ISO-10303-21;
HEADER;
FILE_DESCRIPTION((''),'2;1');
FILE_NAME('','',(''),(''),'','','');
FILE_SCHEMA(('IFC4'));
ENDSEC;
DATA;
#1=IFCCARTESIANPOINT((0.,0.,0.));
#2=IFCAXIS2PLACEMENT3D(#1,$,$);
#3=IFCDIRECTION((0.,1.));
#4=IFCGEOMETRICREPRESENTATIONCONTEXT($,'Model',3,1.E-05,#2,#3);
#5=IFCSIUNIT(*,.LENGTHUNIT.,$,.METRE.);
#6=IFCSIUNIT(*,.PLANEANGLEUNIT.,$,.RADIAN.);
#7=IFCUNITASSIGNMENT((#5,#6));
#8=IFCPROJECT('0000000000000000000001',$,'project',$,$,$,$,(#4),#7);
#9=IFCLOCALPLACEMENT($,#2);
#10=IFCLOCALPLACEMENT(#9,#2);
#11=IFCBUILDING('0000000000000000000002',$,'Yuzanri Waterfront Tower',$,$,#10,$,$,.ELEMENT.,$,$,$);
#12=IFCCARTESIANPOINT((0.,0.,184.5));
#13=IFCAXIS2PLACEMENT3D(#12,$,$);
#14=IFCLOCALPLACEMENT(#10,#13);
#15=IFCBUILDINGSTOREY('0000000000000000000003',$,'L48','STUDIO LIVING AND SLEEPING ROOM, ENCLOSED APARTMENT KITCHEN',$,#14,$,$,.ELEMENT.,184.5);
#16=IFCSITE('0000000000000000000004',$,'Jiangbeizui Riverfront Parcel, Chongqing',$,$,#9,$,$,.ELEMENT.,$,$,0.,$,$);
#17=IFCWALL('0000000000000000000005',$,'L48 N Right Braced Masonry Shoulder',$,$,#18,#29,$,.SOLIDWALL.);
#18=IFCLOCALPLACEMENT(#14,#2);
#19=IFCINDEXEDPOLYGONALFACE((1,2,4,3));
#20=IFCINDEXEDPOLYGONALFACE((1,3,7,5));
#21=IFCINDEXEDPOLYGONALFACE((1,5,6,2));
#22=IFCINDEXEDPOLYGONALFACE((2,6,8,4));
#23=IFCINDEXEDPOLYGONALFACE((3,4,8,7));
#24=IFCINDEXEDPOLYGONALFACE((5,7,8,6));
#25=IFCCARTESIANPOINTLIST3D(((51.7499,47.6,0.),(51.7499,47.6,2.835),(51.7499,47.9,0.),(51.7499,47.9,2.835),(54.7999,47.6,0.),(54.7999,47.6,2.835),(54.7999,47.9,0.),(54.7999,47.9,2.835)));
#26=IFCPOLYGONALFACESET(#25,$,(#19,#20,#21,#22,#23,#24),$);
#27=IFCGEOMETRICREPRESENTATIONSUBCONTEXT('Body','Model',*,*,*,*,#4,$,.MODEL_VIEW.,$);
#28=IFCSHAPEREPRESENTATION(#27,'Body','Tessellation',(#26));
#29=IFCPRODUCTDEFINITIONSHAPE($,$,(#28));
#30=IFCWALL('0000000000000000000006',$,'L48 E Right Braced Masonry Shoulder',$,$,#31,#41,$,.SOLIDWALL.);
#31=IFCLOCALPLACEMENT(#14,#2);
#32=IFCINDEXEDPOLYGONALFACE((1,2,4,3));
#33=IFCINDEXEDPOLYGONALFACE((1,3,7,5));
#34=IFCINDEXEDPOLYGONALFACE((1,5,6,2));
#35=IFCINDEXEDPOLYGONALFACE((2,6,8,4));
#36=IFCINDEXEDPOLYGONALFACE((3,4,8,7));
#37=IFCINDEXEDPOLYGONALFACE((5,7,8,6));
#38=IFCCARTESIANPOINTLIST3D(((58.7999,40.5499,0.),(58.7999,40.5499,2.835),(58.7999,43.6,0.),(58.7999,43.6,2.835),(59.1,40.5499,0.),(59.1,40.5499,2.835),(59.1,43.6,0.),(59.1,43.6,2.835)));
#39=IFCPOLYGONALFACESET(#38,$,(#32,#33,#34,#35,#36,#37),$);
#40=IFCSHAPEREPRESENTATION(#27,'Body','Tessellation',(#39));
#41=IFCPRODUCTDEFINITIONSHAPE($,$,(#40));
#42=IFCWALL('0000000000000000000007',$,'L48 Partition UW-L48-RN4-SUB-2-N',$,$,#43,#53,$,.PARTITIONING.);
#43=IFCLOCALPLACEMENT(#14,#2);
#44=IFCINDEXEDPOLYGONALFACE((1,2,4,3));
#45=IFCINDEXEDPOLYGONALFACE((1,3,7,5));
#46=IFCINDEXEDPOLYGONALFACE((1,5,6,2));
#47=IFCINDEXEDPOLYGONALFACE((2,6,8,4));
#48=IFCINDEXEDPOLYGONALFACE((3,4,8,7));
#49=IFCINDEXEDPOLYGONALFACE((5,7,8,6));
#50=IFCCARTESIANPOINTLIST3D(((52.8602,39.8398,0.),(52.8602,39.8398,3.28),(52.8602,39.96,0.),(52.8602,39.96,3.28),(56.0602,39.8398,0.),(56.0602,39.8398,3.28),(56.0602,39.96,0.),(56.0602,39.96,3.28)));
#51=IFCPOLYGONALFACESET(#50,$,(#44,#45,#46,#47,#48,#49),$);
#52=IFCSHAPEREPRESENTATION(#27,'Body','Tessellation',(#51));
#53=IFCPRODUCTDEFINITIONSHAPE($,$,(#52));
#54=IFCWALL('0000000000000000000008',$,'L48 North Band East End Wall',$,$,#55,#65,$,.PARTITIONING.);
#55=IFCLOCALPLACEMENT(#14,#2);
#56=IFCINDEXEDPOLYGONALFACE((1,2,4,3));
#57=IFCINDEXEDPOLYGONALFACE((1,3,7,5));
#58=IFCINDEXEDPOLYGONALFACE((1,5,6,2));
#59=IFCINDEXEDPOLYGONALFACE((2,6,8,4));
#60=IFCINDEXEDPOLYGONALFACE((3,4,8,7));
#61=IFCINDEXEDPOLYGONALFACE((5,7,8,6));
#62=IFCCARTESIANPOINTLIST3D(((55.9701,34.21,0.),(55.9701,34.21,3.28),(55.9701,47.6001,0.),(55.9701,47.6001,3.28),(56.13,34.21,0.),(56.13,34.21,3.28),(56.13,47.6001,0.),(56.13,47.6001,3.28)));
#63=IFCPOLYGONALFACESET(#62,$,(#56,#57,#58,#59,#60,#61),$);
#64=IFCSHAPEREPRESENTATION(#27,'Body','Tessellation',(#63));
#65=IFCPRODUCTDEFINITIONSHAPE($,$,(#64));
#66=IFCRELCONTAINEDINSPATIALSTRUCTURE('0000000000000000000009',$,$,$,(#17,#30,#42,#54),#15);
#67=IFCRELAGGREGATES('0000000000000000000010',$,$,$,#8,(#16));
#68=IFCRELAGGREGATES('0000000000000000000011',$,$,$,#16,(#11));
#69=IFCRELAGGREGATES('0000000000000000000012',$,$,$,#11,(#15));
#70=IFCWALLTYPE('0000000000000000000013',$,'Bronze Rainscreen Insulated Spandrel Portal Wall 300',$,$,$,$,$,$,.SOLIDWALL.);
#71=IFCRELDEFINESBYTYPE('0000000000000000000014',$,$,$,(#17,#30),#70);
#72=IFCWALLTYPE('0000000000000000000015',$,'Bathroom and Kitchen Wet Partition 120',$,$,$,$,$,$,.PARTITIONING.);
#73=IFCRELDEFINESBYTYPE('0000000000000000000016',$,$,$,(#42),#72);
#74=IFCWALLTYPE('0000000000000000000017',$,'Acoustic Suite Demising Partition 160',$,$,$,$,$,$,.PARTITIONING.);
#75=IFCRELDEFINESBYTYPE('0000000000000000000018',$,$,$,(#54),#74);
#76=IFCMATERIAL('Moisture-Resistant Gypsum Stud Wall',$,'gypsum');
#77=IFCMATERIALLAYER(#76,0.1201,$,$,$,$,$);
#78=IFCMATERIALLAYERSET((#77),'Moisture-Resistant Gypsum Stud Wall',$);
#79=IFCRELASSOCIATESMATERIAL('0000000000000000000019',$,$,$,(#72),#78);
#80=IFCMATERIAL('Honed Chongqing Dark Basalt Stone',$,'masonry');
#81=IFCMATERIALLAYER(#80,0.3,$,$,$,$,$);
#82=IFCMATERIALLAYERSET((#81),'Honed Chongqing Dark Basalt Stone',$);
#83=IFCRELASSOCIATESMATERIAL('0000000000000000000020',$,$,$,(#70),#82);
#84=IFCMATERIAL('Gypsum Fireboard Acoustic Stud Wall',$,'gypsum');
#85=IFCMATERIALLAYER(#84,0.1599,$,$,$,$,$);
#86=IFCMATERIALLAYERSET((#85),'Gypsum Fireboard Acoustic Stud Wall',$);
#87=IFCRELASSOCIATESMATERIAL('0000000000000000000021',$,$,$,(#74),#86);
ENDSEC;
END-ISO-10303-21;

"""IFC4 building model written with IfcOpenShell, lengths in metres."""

from ifc_helpers import new_model, si_unit, direction, frame, frame_2d, origin, place, context, subcontext, project, spatial, rectangle, extrude, source, transform, mapped, material, layer, layer_set, type_object, element, save


model = new_model("IFC4")

# Units and contexts
model_context = context("Model", 3, precision=1e-05, world=origin(), true_north=direction((0.0, 1.0)))
body_context = subcontext(model_context, "Body", "Model", "MODEL_VIEW")
ifc_project = project(units=[si_unit("LENGTHUNIT", "METRE"), si_unit("PLANEANGLEUNIT", "RADIAN")], contexts=[model_context])

# Site, building, storey
site_placement = place(None, origin())
site = spatial("IfcSite", under=ifc_project, at=site_placement, Name="Jiangbeizui Riverfront Parcel, Chongqing", CompositionType="ELEMENT", RefElevation=0.0)
building_placement = place(site_placement, origin())
building = spatial("IfcBuilding", under=site, at=building_placement, Name="Yuzanri Waterfront Tower", CompositionType="ELEMENT")
storey_placement = place(building_placement, frame((0.0, 0.0, 184.5)))
storey = spatial("IfcBuildingStorey", under=building, at=storey_placement, Name="L48", Description="STUDIO LIVING AND SLEEPING ROOM, ENCLOSED APARTMENT KITCHEN", CompositionType="ELEMENT", Elevation=184.5)

# Shared definitions
ifc_material_1 = material(Name="Moisture-Resistant Gypsum Stud Wall", Category="gypsum")
ifc_layer_1 = layer(ifc_material_1, 0.1201)
ifc_layer_set_1 = layer_set([ifc_layer_1], Name="Moisture-Resistant Gypsum Stud Wall")
wall_type_1 = type_object("IfcWallType", Name="Bathroom and Kitchen Wet Partition 120", PredefinedType="PARTITIONING", material=ifc_layer_set_1)

# Shared definitions
ifc_material_2 = material(Name="Honed Chongqing Dark Basalt Stone", Category="masonry")
ifc_layer_2 = layer(ifc_material_2, 0.3)
ifc_layer_set_2 = layer_set([ifc_layer_2], Name="Honed Chongqing Dark Basalt Stone")
wall_type_2 = type_object("IfcWallType", Name="Bronze Rainscreen Insulated Spandrel Portal Wall 300", PredefinedType="SOLIDWALL", material=ifc_layer_set_2)

# Walls
shared_shape_1 = source(origin(), body_context, "Body", "SweptSolid", [
    extrude(rectangle(XDim=3.05, YDim=0.3, at=frame_2d((1.5249, 0.0))), origin(), (0.0, 0.0, 1.0), 2.835),
])
for number, where, z_axis, x_axis, name in (
    (1, (51.75, 47.75, 0.0), (0.0, 0.0, 1.0), (1.0, 0.0, 0.0), "L48 N Right Braced Masonry Shoulder"),
    (2, (58.95, 40.55, 0.0), (0.0, 0.0, 1.0), (0.0, 1.0, 0.0), "L48 E Right Braced Masonry Shoulder"),
):
    element("IfcWall", number, at=place(storey_placement, frame(where, z_axis=z_axis, x_axis=x_axis)), inside=storey, type_object=wall_type_2, Name=name, PredefinedType="SOLIDWALL", context=body_context, shape_type="MappedRepresentation", body=[
        mapped(shared_shape_1, transform((0.0, 0.0, 0.0), scale=1.0)),
    ])
shared_shape_2 = source(origin(), body_context, "Body", "SweptSolid", [
    extrude(rectangle(XDim=3.2, YDim=0.1201, at=frame_2d((1.6001, 0.0))), origin(), (0.0, 0.0, 1.0), 3.28),
])
wall_1_placement = place(storey_placement, frame((52.8601, 39.8999, 0.0), z_axis=(0.0, 0.0, 1.0), x_axis=(1.0, 0.0, 0.0)))
element("IfcWall", 3, at=wall_1_placement, inside=storey, type_object=wall_type_1, Name="L48 Partition UW-L48-RN4-SUB-2-N", PredefinedType="PARTITIONING", context=body_context, shape_type="MappedRepresentation", body=[
    mapped(shared_shape_2, transform((0.0, 0.0, 0.0), scale=1.0)),
])
ifc_material_3 = material(Name="Gypsum Fireboard Acoustic Stud Wall", Category="gypsum")
ifc_layer_3 = layer(ifc_material_3, 0.1599)
ifc_layer_set_3 = layer_set([ifc_layer_3], Name="Gypsum Fireboard Acoustic Stud Wall")
wall_type_3 = type_object("IfcWallType", Name="Acoustic Suite Demising Partition 160", PredefinedType="PARTITIONING", material=ifc_layer_set_3)
shared_shape_3 = source(origin(), body_context, "Body", "SweptSolid", [
    extrude(rectangle(XDim=13.3901, YDim=0.1599, at=frame_2d((6.6951, 0.0))), origin(), (0.0, 0.0, 1.0), 3.28),
])
wall_2_placement = place(storey_placement, frame((56.05, 34.21, 0.0), z_axis=(0.0, 0.0, 1.0), x_axis=(0.0, 1.0, 0.0)))
element("IfcWall", 4, at=wall_2_placement, inside=storey, type_object=wall_type_3, Name="L48 North Band East End Wall", PredefinedType="PARTITIONING", context=body_context, shape_type="MappedRepresentation", body=[
    mapped(shared_shape_3, transform((0.0, 0.0, 0.0), scale=1.0)),
])

save(model, "model.ifc")
